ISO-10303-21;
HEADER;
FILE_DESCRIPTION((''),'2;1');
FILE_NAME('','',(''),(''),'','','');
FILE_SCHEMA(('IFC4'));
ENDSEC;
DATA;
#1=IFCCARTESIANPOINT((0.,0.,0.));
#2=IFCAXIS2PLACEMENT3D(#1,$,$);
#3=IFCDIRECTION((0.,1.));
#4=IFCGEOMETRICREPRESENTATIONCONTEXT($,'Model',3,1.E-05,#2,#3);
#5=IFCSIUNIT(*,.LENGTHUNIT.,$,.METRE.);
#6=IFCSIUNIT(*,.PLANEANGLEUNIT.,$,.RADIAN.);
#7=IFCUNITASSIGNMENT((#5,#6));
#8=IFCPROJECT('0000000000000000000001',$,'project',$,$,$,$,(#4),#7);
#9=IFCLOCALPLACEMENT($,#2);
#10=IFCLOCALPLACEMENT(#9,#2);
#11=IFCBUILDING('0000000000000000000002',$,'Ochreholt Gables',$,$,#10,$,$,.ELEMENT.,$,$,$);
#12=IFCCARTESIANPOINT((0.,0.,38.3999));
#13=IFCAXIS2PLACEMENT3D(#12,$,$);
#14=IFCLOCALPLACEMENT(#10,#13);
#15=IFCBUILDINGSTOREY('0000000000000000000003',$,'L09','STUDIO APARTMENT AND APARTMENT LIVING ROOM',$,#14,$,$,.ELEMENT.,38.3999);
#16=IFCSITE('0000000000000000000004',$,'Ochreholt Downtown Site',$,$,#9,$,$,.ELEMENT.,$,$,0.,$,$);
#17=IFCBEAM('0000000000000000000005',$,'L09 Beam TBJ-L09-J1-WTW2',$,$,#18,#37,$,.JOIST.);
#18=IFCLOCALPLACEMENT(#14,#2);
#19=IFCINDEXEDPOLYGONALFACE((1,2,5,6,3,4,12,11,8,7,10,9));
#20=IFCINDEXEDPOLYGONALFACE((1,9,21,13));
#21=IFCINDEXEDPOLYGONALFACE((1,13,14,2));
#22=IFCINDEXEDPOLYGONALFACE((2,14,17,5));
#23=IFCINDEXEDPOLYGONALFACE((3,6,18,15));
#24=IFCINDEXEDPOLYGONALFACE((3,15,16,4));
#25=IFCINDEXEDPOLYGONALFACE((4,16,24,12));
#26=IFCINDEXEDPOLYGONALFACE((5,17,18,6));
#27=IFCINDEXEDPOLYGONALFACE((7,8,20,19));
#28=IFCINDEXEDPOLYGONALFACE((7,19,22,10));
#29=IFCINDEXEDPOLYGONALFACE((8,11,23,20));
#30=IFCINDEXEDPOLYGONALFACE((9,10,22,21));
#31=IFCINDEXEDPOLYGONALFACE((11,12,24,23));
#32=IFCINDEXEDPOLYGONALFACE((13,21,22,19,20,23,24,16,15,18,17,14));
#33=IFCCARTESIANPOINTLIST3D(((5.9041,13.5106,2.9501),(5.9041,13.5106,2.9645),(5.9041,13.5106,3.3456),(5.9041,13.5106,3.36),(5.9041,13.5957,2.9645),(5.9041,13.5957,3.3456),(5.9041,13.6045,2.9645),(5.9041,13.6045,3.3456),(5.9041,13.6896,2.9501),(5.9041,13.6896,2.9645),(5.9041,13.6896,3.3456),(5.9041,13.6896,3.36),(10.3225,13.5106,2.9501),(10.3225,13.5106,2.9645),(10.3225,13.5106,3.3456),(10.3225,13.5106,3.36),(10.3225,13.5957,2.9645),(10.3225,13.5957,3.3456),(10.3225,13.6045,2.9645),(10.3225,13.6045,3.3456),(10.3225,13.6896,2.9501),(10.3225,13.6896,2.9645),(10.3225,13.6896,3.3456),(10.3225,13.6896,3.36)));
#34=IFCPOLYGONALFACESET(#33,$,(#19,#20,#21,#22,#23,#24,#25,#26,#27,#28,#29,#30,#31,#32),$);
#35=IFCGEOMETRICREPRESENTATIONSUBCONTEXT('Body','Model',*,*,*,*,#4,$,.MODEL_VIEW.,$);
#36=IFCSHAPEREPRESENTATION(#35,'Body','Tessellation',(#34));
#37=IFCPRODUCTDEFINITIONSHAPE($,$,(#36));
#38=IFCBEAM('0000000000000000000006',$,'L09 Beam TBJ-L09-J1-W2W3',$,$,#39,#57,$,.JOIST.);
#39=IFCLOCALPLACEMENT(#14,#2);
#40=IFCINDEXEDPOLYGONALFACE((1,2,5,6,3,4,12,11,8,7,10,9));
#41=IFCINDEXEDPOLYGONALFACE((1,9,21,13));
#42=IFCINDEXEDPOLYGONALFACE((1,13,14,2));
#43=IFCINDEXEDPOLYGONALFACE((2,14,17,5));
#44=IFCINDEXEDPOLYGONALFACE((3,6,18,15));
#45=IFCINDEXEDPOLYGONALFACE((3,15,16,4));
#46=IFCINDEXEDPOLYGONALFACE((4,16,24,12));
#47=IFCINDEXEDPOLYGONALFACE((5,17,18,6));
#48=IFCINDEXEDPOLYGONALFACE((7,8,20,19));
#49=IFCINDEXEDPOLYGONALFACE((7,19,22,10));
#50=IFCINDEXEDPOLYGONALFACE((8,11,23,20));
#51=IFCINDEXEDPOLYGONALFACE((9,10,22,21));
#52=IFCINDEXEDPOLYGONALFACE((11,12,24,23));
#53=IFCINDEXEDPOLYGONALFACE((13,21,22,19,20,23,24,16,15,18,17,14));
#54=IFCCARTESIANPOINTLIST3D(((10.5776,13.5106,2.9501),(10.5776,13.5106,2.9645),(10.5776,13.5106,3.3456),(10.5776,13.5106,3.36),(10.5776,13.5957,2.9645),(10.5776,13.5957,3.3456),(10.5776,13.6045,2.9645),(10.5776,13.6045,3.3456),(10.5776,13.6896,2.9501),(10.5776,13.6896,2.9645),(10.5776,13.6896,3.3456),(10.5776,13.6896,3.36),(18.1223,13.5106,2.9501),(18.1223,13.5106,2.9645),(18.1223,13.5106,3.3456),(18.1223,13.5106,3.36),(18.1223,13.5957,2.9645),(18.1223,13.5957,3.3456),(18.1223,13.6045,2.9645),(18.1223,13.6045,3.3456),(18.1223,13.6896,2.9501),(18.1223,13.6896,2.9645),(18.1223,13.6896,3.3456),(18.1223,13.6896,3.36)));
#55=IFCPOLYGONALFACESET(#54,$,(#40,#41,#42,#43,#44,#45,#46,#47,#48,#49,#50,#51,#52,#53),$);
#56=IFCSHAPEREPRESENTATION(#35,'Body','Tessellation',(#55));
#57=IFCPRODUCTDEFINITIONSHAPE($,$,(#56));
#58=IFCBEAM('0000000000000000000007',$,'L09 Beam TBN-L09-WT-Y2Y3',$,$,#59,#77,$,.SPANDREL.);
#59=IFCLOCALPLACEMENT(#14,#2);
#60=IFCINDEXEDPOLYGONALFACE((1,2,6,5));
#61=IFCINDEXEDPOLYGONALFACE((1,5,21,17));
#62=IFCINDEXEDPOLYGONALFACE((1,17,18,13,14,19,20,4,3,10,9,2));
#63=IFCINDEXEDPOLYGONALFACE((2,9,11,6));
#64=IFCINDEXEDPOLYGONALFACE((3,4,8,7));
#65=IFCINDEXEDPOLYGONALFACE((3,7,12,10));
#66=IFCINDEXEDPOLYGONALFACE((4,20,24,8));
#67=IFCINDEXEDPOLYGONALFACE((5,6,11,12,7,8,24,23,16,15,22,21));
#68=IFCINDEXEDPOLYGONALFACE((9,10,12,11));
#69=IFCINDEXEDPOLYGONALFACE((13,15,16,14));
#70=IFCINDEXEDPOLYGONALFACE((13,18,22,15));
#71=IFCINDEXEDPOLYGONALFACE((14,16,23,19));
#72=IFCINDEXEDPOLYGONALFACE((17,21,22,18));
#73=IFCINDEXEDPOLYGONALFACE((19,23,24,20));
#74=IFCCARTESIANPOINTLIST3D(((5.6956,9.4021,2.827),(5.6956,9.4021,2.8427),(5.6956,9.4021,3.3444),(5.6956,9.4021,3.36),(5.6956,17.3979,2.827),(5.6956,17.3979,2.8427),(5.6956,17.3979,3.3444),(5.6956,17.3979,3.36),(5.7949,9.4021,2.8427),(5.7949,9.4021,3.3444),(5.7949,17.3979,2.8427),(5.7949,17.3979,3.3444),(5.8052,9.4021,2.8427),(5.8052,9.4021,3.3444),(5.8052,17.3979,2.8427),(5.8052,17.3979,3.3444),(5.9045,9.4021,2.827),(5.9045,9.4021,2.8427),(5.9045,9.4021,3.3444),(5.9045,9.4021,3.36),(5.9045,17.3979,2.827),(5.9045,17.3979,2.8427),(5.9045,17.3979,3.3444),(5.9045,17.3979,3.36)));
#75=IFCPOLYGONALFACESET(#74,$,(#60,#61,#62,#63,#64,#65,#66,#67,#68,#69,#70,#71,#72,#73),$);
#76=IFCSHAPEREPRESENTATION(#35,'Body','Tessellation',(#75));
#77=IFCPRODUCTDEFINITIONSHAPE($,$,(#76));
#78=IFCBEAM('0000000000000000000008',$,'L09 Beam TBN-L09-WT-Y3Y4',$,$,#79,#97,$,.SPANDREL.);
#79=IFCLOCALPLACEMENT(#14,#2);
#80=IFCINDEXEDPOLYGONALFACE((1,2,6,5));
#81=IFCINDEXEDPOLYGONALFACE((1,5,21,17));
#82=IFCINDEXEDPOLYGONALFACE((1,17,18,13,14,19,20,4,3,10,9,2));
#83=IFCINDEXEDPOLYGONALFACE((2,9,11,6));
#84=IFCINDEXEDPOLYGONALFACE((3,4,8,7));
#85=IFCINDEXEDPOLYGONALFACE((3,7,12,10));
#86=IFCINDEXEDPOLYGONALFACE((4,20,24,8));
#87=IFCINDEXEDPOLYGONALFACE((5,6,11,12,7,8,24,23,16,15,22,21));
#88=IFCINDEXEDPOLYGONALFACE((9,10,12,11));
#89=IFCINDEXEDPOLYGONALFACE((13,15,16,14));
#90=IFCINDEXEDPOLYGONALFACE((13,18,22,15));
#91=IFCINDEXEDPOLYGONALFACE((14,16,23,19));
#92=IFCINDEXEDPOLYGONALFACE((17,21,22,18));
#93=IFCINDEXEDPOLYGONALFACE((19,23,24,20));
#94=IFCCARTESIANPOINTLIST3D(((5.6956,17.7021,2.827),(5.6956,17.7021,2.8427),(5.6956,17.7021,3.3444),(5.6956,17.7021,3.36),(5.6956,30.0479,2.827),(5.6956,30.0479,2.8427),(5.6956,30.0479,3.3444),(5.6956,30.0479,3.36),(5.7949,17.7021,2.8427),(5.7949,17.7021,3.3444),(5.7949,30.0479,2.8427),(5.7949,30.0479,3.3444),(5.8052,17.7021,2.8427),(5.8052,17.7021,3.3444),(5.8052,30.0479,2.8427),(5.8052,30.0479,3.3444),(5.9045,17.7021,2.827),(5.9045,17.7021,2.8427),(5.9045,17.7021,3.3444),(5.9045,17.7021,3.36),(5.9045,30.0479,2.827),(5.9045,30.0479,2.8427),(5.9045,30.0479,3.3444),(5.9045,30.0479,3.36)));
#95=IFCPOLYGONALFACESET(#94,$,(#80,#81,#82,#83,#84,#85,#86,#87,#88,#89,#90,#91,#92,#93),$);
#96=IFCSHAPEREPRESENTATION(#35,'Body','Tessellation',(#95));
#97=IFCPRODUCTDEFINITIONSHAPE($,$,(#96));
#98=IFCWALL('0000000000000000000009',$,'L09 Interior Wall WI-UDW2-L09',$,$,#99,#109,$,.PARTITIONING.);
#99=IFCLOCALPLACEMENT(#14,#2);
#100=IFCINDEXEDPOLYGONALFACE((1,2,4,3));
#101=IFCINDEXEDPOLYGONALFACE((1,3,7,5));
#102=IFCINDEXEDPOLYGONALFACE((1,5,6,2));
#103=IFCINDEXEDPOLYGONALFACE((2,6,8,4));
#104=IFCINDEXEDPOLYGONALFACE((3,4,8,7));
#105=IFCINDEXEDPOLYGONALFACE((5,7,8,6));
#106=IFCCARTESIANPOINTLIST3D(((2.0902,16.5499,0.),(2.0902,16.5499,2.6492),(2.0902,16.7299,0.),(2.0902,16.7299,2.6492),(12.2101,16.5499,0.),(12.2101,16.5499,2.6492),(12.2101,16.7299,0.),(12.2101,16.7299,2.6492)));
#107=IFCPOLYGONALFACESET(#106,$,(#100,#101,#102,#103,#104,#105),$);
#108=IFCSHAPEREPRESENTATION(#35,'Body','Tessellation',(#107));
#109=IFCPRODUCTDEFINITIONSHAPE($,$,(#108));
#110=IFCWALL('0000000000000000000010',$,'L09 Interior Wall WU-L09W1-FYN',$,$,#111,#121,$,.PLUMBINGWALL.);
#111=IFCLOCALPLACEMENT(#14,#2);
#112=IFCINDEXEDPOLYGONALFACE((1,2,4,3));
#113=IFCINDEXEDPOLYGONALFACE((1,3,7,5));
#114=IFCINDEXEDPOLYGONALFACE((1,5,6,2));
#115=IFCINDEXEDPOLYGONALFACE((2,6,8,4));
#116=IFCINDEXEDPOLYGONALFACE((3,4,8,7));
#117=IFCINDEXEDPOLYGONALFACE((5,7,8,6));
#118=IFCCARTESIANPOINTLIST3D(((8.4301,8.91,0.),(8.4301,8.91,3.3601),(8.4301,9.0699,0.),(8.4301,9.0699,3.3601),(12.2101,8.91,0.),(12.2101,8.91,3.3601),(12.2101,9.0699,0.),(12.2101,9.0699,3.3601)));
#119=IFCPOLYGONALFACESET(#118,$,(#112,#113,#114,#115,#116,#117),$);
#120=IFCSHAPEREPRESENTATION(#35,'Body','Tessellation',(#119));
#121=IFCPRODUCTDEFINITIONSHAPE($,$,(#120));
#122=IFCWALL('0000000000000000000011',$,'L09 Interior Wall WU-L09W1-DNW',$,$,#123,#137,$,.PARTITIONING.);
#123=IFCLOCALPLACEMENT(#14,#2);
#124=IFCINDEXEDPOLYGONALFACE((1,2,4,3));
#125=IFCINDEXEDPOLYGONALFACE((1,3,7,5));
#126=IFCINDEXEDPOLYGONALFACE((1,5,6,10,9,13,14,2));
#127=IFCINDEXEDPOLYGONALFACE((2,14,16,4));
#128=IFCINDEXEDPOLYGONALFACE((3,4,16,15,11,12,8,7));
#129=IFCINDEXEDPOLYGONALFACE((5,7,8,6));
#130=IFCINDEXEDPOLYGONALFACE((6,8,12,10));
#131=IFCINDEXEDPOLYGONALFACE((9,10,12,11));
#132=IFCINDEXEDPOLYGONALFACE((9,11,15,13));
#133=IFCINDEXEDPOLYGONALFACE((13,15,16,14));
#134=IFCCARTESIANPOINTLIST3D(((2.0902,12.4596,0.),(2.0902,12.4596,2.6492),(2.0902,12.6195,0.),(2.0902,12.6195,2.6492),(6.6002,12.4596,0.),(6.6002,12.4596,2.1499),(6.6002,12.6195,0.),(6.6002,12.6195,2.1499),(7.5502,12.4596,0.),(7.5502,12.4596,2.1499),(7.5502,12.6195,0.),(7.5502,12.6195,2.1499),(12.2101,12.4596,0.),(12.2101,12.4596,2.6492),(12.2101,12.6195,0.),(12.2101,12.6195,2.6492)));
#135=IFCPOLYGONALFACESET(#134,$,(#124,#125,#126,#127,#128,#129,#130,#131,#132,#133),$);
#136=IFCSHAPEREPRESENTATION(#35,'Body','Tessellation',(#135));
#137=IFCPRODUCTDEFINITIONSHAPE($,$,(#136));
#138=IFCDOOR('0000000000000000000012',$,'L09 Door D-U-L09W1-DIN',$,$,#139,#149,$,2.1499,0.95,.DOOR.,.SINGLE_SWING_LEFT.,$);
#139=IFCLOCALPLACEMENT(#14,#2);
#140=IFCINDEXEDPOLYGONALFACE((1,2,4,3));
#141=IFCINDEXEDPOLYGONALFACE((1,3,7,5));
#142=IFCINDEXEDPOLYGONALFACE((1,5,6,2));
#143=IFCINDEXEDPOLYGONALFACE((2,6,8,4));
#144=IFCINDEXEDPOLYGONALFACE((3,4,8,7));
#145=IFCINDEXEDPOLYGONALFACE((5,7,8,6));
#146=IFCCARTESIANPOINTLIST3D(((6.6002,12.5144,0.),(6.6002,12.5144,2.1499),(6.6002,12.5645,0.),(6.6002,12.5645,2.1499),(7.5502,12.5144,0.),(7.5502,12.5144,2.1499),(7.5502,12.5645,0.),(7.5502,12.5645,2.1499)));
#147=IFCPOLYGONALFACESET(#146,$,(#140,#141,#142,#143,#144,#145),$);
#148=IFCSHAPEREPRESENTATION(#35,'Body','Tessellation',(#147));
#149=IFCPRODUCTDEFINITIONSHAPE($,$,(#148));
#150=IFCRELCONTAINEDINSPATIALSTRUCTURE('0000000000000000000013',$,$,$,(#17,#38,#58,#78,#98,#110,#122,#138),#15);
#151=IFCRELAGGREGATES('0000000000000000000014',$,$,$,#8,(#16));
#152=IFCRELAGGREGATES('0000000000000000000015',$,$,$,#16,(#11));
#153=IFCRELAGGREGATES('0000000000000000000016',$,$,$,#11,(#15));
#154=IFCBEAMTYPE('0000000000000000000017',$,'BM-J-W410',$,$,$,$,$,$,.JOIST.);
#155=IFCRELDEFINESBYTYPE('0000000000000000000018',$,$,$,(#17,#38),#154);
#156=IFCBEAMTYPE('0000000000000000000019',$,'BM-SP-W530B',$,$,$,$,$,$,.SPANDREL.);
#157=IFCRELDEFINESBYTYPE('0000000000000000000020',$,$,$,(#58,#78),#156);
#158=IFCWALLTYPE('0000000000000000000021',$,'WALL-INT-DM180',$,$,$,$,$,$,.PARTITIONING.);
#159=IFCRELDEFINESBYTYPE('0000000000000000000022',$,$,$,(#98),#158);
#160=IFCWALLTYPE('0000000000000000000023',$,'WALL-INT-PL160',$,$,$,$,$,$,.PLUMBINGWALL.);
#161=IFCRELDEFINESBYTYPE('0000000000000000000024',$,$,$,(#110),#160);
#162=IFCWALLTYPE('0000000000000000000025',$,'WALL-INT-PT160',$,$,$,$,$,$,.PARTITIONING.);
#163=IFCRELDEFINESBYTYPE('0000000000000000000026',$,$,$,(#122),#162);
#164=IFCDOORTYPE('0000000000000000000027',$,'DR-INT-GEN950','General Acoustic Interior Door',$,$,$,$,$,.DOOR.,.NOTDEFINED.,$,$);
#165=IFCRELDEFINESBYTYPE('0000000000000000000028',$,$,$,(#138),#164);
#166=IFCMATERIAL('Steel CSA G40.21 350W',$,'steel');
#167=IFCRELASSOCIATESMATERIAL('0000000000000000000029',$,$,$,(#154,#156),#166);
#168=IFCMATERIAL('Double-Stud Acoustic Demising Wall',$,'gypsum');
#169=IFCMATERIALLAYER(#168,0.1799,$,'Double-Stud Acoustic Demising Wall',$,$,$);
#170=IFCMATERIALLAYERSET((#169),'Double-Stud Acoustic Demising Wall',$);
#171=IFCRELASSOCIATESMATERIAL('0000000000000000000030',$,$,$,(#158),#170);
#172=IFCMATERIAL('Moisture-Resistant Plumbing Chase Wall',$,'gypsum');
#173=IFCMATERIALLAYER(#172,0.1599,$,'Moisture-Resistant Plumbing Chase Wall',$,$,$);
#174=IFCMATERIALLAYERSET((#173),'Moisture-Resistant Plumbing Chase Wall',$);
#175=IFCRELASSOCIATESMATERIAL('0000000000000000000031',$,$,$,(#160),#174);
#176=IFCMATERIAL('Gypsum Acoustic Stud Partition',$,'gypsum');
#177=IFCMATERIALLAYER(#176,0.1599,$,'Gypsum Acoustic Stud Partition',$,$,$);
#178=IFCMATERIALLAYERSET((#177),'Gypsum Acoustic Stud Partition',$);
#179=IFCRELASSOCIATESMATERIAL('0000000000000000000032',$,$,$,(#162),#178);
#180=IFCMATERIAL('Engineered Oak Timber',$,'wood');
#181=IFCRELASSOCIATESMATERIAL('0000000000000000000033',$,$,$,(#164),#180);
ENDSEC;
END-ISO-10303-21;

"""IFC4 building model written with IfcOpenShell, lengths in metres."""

from ifc_helpers import new_model, si_unit, direction, frame, frame_2d, origin, origin_2d, place, context, subcontext, project, spatial, rectangle, i_section, extrude, material, layer, layer_set, material_profile, profile_set, type_object, element, fill, save


model = new_model("IFC4")

# Units and contexts
model_context = context("Model", 3, precision=1e-05, world=origin(), true_north=direction((0.0, 1.0)))
body_context = subcontext(model_context, "Body", "Model", "MODEL_VIEW")
ifc_project = project(units=[si_unit("LENGTHUNIT", "METRE"), si_unit("PLANEANGLEUNIT", "RADIAN")], contexts=[model_context])

# Site, building, storey
site_placement = place(None, origin())
site = spatial("IfcSite", under=ifc_project, at=site_placement, Name="Ochreholt Downtown Site", CompositionType="ELEMENT", RefElevation=0.0)
building_placement = place(site_placement, origin())
building = spatial("IfcBuilding", under=site, at=building_placement, Name="Ochreholt Gables", CompositionType="ELEMENT")
storey_placement = place(building_placement, frame((0.0, 0.0, 38.3999)))
storey = spatial("IfcBuildingStorey", under=building, at=storey_placement, Name="L09", Description="STUDIO APARTMENT AND APARTMENT LIVING ROOM", CompositionType="ELEMENT", Elevation=38.3999)

# Shared definitions
ifc_material_1 = material(Name="Steel CSA G40.21 350W", Category="steel")

# Beams
ifc_material_profile_1 = material_profile(ifc_material_1, i_section(OverallWidth=0.179, OverallDepth=0.4099, WebThickness=0.0088, FlangeThickness=0.0144, at=origin_2d()), Name="W410X67")
ifc_profile_set_1 = profile_set([ifc_material_profile_1], Name="Steel CSA G40.21 350W")
beam_type_1 = type_object("IfcBeamType", Name="BM-J-W410", PredefinedType="JOIST", material=ifc_profile_set_1)
beam_1_placement = place(storey_placement, frame((5.9041, 13.6001, 3.155), z_axis=(1.0, 0.0, 0.0), x_axis=(0.0, 1.0, 0.0)))
element("IfcBeam", 1, at=beam_1_placement, inside=storey, type_object=beam_type_1, Name="L09 Beam TBJ-L09-J1-WTW2", PredefinedType="JOIST", context=body_context, shape_type="SweptSolid", body=[
    extrude(i_section(OverallWidth=0.179, OverallDepth=0.4099, WebThickness=0.0088, FlangeThickness=0.0144, at=origin_2d()), origin(), (0.0, 0.0, 1.0), 4.4185),
])
beam_2_placement = place(storey_placement, frame((10.5776, 13.6001, 3.155), z_axis=(1.0, 0.0, 0.0), x_axis=(0.0, 1.0, 0.0)))
element("IfcBeam", 2, at=beam_2_placement, inside=storey, type_object=beam_type_1, Name="L09 Beam TBJ-L09-J1-W2W3", PredefinedType="JOIST", context=body_context, shape_type="SweptSolid", body=[
    extrude(i_section(OverallWidth=0.179, OverallDepth=0.4099, WebThickness=0.0088, FlangeThickness=0.0144, at=origin_2d()), origin(), (0.0, 0.0, 1.0), 7.5447),
])
ifc_material_profile_2 = material_profile(ifc_material_1, i_section(OverallWidth=0.209, OverallDepth=0.533, WebThickness=0.0103, FlangeThickness=0.0156, at=origin_2d()), Name="W530X92")
ifc_profile_set_2 = profile_set([ifc_material_profile_2], Name="Steel CSA G40.21 350W")
beam_type_2 = type_object("IfcBeamType", Name="BM-SP-W530B", PredefinedType="SPANDREL", material=ifc_profile_set_2)
beam_3_placement = place(storey_placement, frame((5.8, 9.4021, 3.0935), z_axis=(0.0, 1.0, 0.0), x_axis=(-1.0, 0.0, 0.0)))
element("IfcBeam", 3, at=beam_3_placement, inside=storey, type_object=beam_type_2, Name="L09 Beam TBN-L09-WT-Y2Y3", PredefinedType="SPANDREL", context=body_context, shape_type="SweptSolid", body=[
    extrude(i_section(OverallWidth=0.209, OverallDepth=0.533, WebThickness=0.0103, FlangeThickness=0.0156, at=origin_2d()), origin(), (0.0, 0.0, 1.0), 7.9958),
])
beam_4_placement = place(storey_placement, frame((5.8, 17.7021, 3.0935), z_axis=(0.0, 1.0, 0.0), x_axis=(-1.0, 0.0, 0.0)))
element("IfcBeam", 4, at=beam_4_placement, inside=storey, type_object=beam_type_2, Name="L09 Beam TBN-L09-WT-Y3Y4", PredefinedType="SPANDREL", context=body_context, shape_type="SweptSolid", body=[
    extrude(i_section(OverallWidth=0.209, OverallDepth=0.533, WebThickness=0.0103, FlangeThickness=0.0156, at=origin_2d()), origin(), (0.0, 0.0, 1.0), 12.3457),
])

# Walls
ifc_material_2 = material(Name="Double-Stud Acoustic Demising Wall", Category="gypsum")
ifc_layer_1 = layer(ifc_material_2, 0.1799, Name="Double-Stud Acoustic Demising Wall")
ifc_layer_set_1 = layer_set([ifc_layer_1], Name="Double-Stud Acoustic Demising Wall")
wall_type_1 = type_object("IfcWallType", Name="WALL-INT-DM180", PredefinedType="PARTITIONING", material=ifc_layer_set_1)
wall_1_placement = place(storey_placement, frame((2.0901, 16.6399, 0.0), z_axis=(0.0, 0.0, 1.0), x_axis=(1.0, 0.0, 0.0)))
element("IfcWall", 5, at=wall_1_placement, inside=storey, type_object=wall_type_1, Name="L09 Interior Wall WI-UDW2-L09", PredefinedType="PARTITIONING", context=body_context, shape_type="SweptSolid", body=[
    extrude(rectangle(XDim=10.1199, YDim=0.1799, at=frame_2d((5.0601, 0.0))), origin(), (0.0, 0.0, 1.0), 2.6492),
])
ifc_material_3 = material(Name="Moisture-Resistant Plumbing Chase Wall", Category="gypsum")
ifc_layer_2 = layer(ifc_material_3, 0.1599, Name="Moisture-Resistant Plumbing Chase Wall")
ifc_layer_set_2 = layer_set([ifc_layer_2], Name="Moisture-Resistant Plumbing Chase Wall")
wall_type_2 = type_object("IfcWallType", Name="WALL-INT-PL160", PredefinedType="PLUMBINGWALL", material=ifc_layer_set_2)
wall_2_placement = place(storey_placement, frame((8.4299, 8.99, 0.0), z_axis=(0.0, 0.0, 1.0), x_axis=(1.0, 0.0, 0.0)))
element("IfcWall", 6, at=wall_2_placement, inside=storey, type_object=wall_type_2, Name="L09 Interior Wall WU-L09W1-FYN", PredefinedType="PLUMBINGWALL", context=body_context, shape_type="SweptSolid", body=[
    extrude(rectangle(XDim=3.78, YDim=0.1599, at=frame_2d((1.8901, 0.0))), origin(), (0.0, 0.0, 1.0), 3.3601),
])

# Wall, opening, door
ifc_material_4 = material(Name="Gypsum Acoustic Stud Partition", Category="gypsum")
ifc_layer_3 = layer(ifc_material_4, 0.1599, Name="Gypsum Acoustic Stud Partition")
ifc_layer_set_3 = layer_set([ifc_layer_3], Name="Gypsum Acoustic Stud Partition")
wall_type_3 = type_object("IfcWallType", Name="WALL-INT-PT160", PredefinedType="PARTITIONING", material=ifc_layer_set_3)
wall_3_placement = place(storey_placement, frame((2.0901, 12.5396, 0.0), z_axis=(0.0, 0.0, 1.0), x_axis=(1.0, 0.0, 0.0)))
wall_3 = element("IfcWall", 7, at=wall_3_placement, inside=storey, type_object=wall_type_3, Name="L09 Interior Wall WU-L09W1-DNW", PredefinedType="PARTITIONING", context=body_context, shape_type="SweptSolid", body=[
    extrude(rectangle(XDim=10.1199, YDim=0.1599, at=frame_2d((5.0601, 0.0))), origin(), (0.0, 0.0, 1.0), 2.6492),
])
opening_placement = place(wall_3_placement, frame((4.51, 0.0, 0.0)))
opening = element("IfcOpeningElement", 8, at=opening_placement, cuts=wall_3, PredefinedType="OPENING", context=body_context, shape_type="SweptSolid", body=[
    extrude(rectangle(XDim=0.95, YDim=2.1499, at=frame_2d((0.4751, 1.075))), frame((0.0, 0.0898, 0.0), z_axis=(0.0, -1.0, 0.0), x_axis=(1.0, 0.0, 0.0)), (0.0, 0.0, 1.0), 0.1799),
])
ifc_material_5 = material(Name="Engineered Oak Timber", Category="wood")
door_type = type_object("IfcDoorType", Name="DR-INT-GEN950", Description="General Acoustic Interior Door", OperationType="NOTDEFINED", PredefinedType="DOOR", material=ifc_material_5)
door_placement = place(opening_placement, origin())
door = element("IfcDoor", 9, at=door_placement, inside=storey, type_object=door_type, Name="L09 Door D-U-L09W1-DIN", OperationType="SINGLE_SWING_LEFT", OverallHeight=2.1499, OverallWidth=0.95, PredefinedType="DOOR", context=body_context, shape_type="SweptSolid", body=[
    extrude(rectangle(XDim=0.95, YDim=2.1499, at=frame_2d((0.4751, 1.075))), frame((0.0, 0.0249, 0.0), z_axis=(0.0, -1.0, 0.0), x_axis=(1.0, 0.0, 0.0)), (0.0, 0.0, 1.0), 0.05),
])
fill(opening, door)

save(model, "model.ifc")
